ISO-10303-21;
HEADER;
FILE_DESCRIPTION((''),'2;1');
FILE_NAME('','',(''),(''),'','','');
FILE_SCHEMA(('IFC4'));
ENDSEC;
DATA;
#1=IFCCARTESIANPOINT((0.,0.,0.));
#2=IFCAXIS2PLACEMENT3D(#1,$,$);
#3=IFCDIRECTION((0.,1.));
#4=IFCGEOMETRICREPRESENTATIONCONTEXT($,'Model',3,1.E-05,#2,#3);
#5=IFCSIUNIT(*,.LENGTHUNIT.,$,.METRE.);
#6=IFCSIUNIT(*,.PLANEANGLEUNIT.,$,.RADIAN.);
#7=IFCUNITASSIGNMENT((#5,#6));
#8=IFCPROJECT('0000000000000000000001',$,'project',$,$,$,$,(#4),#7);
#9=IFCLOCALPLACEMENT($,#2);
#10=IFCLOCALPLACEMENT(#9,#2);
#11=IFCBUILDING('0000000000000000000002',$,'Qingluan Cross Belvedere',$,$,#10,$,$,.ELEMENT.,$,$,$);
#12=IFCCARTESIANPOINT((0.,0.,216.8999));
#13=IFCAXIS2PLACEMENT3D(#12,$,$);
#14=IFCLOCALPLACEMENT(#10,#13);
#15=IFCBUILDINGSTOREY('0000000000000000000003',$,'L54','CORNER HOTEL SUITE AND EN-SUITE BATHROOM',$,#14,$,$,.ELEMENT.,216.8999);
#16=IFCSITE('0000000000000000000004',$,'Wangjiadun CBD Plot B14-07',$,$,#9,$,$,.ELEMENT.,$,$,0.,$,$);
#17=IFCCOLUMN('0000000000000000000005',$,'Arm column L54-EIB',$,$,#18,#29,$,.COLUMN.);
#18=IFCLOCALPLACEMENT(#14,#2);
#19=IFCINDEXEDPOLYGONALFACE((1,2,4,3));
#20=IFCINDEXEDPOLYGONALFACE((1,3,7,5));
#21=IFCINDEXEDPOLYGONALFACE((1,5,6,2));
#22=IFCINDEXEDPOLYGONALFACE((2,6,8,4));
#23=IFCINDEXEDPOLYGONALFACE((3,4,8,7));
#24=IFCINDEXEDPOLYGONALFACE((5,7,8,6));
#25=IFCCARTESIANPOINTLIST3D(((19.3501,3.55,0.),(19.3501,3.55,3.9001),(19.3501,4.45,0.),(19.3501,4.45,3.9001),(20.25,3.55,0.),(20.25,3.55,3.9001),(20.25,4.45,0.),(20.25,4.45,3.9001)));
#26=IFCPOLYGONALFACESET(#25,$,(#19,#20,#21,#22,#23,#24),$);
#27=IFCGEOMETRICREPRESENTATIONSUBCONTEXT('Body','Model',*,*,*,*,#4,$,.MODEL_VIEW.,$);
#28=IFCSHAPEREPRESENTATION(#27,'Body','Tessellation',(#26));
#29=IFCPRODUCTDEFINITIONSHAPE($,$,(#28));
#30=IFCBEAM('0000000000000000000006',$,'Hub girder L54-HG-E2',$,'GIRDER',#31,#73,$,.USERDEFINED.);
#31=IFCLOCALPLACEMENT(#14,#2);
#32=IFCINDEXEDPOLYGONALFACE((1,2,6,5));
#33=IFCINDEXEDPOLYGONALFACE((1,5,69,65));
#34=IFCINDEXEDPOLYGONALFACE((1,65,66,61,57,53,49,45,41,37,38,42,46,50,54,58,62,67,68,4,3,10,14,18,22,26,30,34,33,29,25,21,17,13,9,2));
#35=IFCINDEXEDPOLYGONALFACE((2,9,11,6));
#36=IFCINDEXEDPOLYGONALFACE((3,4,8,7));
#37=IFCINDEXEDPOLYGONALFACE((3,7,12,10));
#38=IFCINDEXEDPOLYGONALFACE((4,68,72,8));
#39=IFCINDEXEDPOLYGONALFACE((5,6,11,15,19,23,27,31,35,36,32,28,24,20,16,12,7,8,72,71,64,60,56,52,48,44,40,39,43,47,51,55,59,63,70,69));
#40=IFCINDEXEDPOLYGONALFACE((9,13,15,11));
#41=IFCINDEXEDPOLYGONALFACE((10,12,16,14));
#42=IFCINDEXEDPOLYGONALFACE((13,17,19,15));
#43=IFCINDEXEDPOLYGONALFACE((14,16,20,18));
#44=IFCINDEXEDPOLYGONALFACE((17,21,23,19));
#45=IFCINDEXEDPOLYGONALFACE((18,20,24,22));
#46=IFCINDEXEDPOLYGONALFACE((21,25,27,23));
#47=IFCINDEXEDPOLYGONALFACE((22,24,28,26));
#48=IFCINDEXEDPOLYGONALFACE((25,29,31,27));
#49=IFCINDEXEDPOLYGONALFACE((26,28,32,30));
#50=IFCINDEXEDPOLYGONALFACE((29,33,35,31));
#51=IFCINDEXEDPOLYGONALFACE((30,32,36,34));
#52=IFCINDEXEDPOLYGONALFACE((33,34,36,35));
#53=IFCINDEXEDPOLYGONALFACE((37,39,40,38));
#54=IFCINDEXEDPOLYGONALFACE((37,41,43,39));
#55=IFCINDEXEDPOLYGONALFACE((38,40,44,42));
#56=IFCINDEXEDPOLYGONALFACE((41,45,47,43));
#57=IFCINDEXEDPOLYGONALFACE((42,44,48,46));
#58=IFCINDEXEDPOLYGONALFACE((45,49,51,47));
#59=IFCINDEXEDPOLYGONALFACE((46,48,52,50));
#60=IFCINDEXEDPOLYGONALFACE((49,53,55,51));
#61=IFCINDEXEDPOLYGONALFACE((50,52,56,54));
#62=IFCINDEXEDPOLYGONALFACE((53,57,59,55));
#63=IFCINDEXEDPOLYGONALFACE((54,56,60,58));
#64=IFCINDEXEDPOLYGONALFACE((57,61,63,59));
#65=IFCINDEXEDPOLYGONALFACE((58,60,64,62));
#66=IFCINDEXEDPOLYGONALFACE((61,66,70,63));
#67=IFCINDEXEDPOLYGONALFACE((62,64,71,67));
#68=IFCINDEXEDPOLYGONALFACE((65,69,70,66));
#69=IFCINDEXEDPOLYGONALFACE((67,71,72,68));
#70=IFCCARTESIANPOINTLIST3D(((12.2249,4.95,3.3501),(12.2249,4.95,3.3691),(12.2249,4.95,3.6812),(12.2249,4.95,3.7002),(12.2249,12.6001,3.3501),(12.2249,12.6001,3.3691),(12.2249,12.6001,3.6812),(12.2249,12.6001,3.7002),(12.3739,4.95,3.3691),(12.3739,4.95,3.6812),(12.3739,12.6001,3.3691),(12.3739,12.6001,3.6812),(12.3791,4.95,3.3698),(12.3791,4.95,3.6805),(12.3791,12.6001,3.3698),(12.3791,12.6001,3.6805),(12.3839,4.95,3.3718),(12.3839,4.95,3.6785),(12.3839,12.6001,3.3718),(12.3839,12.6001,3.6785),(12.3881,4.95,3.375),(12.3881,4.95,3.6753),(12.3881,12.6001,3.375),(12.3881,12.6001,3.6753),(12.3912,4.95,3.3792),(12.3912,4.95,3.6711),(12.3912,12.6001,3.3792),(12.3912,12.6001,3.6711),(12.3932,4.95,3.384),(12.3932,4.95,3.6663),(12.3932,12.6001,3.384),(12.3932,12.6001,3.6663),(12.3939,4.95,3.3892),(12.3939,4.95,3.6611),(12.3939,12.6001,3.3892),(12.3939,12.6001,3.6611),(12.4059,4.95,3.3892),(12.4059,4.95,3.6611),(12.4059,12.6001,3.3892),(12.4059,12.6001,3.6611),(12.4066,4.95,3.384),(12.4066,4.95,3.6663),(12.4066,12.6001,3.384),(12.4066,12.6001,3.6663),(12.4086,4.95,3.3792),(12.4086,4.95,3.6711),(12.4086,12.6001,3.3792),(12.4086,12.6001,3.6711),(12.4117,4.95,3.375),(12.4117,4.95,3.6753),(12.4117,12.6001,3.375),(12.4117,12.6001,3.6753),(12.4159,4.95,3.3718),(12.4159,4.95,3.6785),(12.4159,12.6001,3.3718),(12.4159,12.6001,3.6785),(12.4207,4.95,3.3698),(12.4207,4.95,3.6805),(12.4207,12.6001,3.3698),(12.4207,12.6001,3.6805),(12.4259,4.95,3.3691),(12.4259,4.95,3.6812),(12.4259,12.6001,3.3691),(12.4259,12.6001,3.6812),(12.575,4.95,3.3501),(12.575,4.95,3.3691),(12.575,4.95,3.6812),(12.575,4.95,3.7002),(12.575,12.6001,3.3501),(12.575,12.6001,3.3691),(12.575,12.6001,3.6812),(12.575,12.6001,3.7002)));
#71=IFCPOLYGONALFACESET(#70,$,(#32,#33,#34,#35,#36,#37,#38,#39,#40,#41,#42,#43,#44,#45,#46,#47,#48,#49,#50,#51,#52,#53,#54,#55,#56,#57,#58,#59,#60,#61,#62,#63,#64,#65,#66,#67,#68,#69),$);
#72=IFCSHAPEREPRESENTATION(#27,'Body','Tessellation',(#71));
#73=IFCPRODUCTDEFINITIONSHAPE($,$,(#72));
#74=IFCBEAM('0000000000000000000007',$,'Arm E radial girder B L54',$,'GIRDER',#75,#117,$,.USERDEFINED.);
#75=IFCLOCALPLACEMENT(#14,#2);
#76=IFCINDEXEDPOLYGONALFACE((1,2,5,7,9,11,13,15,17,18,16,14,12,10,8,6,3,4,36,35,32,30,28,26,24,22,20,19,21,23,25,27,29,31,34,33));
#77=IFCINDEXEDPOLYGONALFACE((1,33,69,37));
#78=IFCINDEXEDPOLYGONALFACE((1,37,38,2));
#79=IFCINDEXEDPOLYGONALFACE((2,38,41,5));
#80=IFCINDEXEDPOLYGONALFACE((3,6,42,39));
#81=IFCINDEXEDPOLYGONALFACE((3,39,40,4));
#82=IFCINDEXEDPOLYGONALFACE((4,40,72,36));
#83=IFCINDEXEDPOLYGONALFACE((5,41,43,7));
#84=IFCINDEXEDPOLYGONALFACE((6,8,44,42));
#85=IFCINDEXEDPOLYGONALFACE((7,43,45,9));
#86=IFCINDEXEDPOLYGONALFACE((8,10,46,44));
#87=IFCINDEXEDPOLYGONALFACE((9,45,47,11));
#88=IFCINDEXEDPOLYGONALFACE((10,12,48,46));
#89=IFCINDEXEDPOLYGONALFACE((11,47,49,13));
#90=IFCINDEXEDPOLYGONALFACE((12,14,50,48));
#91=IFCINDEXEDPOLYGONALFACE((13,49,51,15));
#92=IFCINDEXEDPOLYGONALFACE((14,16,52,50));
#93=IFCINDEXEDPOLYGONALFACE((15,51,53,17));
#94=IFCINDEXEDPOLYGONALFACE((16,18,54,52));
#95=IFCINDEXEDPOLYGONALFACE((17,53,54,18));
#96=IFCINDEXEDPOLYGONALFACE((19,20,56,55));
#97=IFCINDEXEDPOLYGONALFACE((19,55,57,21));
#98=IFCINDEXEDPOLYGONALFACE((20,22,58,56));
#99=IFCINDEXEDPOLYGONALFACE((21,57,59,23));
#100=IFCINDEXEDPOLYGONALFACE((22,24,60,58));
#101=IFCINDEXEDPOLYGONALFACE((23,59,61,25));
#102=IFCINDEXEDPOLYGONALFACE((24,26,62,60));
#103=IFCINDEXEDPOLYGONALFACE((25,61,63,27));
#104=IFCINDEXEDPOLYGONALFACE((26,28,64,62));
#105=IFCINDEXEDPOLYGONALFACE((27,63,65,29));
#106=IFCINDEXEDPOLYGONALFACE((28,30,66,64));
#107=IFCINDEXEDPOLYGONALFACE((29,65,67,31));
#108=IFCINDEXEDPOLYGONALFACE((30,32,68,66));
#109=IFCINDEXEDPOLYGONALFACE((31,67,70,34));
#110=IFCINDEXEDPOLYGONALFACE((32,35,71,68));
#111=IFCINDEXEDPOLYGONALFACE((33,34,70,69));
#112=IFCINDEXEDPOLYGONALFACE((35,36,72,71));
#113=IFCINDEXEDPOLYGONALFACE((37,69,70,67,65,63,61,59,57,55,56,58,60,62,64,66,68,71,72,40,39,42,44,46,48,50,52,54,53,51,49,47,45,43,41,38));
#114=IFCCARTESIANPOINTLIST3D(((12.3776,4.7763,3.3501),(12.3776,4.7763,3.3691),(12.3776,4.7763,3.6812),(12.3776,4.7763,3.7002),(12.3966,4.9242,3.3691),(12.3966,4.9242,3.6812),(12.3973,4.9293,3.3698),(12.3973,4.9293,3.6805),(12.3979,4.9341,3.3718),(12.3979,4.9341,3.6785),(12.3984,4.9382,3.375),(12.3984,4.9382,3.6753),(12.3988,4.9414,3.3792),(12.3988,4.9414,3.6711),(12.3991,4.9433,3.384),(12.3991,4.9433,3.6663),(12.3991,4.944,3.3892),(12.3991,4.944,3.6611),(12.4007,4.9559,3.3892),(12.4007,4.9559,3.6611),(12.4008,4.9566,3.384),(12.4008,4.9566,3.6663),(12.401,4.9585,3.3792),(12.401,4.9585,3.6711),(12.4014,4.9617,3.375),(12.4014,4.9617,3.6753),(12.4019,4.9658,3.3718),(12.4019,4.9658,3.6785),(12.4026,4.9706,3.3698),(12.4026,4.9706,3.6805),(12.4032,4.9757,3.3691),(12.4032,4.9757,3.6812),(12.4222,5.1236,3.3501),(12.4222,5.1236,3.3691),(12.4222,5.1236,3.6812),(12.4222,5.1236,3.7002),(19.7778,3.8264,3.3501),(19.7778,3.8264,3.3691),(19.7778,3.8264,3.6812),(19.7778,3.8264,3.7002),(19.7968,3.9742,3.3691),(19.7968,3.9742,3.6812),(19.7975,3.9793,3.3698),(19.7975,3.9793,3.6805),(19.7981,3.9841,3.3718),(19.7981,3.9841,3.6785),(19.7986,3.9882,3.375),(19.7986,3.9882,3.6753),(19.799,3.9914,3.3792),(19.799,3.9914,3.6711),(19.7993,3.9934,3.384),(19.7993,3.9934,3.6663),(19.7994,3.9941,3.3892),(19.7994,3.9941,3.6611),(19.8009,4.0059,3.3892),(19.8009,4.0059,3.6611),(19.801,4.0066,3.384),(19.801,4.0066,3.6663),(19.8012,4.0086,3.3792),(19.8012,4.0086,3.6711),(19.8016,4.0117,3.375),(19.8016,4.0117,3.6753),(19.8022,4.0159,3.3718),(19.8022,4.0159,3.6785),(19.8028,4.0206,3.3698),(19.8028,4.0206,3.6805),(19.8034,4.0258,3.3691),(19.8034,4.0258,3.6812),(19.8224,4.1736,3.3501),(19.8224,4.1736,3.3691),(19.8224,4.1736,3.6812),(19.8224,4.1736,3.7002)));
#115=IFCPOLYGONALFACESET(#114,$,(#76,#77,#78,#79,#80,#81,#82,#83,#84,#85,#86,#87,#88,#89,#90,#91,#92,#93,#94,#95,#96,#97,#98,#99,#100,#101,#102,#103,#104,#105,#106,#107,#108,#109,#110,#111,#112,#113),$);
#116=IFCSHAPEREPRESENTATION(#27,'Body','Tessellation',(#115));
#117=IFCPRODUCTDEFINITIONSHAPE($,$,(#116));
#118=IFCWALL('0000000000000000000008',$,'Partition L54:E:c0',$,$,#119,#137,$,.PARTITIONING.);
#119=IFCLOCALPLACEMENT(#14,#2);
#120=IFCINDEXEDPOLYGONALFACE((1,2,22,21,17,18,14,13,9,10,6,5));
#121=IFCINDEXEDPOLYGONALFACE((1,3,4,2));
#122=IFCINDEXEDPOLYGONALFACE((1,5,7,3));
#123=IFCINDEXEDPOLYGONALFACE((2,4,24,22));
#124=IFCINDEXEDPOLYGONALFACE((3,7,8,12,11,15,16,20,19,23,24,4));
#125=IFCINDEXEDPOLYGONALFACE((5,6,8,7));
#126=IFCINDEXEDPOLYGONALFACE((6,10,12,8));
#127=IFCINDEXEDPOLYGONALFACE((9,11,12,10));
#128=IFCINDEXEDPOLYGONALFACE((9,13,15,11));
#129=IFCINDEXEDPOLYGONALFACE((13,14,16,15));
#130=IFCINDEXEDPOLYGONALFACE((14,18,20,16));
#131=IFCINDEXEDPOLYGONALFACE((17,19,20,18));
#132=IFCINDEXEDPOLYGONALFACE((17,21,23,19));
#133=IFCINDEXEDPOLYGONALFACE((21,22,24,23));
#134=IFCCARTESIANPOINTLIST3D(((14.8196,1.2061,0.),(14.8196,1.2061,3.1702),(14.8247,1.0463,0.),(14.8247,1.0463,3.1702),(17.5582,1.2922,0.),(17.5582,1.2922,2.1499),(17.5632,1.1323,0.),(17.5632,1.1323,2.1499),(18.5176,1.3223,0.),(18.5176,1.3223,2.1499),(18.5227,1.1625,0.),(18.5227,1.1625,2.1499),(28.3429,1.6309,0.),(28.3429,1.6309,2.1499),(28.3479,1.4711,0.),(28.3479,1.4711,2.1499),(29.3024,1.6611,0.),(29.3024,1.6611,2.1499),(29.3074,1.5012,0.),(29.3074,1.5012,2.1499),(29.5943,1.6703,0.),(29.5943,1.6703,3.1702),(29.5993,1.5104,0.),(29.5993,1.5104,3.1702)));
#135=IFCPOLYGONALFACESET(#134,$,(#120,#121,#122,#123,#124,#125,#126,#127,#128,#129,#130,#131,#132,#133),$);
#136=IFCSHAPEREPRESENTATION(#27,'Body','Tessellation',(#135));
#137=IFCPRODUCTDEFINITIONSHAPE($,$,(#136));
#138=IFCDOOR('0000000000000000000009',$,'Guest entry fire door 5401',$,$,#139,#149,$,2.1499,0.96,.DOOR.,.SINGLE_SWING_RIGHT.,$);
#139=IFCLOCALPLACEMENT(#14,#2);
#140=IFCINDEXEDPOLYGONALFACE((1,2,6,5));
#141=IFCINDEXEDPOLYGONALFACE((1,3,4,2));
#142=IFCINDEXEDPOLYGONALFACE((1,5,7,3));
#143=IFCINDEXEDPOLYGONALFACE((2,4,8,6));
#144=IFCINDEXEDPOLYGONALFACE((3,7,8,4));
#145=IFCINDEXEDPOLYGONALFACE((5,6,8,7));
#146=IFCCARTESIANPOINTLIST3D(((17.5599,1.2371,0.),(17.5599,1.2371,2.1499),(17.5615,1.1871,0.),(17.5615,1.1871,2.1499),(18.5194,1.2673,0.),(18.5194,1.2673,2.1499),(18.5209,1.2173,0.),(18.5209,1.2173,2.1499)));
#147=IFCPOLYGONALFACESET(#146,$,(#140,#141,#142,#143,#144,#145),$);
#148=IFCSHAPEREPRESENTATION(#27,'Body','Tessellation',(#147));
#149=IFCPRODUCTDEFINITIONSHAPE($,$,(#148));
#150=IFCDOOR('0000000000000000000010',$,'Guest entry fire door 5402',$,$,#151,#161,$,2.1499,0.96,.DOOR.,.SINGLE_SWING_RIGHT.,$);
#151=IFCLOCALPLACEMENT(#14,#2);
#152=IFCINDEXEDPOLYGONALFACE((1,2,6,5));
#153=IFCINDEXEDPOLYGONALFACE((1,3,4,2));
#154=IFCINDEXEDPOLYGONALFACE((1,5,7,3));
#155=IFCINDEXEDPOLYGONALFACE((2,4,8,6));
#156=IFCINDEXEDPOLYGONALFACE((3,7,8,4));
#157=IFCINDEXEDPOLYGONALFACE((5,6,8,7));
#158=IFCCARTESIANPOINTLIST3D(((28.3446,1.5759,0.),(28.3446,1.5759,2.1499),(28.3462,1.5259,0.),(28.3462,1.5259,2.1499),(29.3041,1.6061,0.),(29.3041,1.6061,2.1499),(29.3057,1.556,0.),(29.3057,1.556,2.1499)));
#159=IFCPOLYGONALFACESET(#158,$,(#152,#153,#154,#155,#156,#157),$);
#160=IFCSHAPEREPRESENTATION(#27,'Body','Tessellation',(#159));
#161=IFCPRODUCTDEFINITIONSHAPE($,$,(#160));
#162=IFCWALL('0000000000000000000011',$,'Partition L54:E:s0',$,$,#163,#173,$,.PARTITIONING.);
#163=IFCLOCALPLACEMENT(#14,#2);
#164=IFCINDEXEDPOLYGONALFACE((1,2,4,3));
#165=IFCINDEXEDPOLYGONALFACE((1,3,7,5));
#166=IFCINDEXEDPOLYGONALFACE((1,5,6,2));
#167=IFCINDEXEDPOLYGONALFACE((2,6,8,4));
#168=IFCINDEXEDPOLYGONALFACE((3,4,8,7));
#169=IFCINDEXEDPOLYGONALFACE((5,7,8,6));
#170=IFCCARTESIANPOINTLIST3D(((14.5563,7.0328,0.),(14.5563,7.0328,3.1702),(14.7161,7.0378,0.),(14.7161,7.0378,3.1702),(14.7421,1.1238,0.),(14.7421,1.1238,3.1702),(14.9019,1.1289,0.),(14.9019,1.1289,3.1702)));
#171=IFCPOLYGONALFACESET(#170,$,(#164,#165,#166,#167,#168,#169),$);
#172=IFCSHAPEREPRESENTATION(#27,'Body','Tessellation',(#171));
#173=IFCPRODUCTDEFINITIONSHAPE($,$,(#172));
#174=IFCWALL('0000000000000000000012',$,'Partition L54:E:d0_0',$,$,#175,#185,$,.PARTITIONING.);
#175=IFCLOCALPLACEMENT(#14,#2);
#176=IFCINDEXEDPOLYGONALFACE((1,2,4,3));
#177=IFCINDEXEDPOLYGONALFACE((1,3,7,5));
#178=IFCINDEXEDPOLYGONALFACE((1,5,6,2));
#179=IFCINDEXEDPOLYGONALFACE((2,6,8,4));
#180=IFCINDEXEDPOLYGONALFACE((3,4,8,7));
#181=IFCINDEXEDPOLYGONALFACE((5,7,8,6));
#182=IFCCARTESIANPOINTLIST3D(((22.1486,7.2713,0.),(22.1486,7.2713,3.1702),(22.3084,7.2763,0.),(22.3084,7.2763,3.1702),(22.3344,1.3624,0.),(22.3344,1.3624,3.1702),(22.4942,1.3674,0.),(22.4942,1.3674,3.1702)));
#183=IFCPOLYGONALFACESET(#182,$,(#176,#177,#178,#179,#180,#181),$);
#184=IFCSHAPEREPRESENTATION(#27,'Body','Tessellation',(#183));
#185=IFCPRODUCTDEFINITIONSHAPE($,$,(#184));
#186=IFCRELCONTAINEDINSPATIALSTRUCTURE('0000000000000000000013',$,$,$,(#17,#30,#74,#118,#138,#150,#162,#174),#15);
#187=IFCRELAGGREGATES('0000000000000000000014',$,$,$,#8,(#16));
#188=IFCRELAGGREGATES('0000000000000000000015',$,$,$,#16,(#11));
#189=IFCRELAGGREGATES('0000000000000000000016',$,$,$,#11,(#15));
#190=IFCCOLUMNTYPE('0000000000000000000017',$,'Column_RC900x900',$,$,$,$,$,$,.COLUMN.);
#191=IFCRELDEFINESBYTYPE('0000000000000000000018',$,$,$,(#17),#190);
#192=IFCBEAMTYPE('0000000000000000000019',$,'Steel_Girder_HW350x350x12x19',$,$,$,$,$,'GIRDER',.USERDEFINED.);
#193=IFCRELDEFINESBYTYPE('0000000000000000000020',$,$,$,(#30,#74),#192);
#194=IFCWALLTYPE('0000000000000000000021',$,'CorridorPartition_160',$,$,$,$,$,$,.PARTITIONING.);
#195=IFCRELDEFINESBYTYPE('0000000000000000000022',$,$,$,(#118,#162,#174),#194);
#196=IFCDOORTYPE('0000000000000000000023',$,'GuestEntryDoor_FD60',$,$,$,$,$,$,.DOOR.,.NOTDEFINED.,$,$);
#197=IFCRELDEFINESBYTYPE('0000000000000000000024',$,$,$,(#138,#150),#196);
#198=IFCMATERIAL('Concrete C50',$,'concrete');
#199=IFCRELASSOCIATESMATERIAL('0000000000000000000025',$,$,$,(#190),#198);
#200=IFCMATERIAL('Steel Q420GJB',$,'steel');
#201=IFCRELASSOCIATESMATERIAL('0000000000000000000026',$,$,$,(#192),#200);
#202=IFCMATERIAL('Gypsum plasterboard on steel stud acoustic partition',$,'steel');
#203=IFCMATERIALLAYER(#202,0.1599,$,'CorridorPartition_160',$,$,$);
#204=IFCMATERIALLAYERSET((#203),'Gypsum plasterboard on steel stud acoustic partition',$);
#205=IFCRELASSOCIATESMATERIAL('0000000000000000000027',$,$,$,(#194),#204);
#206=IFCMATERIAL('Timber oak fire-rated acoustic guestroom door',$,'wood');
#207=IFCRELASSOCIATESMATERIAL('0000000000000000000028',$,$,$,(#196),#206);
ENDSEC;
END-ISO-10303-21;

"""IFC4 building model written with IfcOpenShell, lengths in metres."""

from ifc_helpers import new_model, si_unit, direction, frame, frame_2d, origin, origin_2d, place, context, subcontext, project, spatial, rectangle, i_section, extrude, material, layer, layer_set, material_profile, profile_set, type_object, element, fill, save


model = new_model("IFC4")

# Units and contexts
model_context = context("Model", 3, precision=1e-05, world=origin(), true_north=direction((0.0, 1.0)))
body_context = subcontext(model_context, "Body", "Model", "MODEL_VIEW")
ifc_project = project(units=[si_unit("LENGTHUNIT", "METRE"), si_unit("PLANEANGLEUNIT", "RADIAN")], contexts=[model_context])

# Site, building, storey
site_placement = place(None, origin())
site = spatial("IfcSite", under=ifc_project, at=site_placement, Name="Wangjiadun CBD Plot B14-07", CompositionType="ELEMENT", RefElevation=0.0)
building_placement = place(site_placement, origin())
building = spatial("IfcBuilding", under=site, at=building_placement, Name="Qingluan Cross Belvedere", CompositionType="ELEMENT")
storey_placement = place(building_placement, frame((0.0, 0.0, 216.8999)))
storey = spatial("IfcBuildingStorey", under=building, at=storey_placement, Name="L54", Description="CORNER HOTEL SUITE AND EN-SUITE BATHROOM", CompositionType="ELEMENT", Elevation=216.8999)

# Column
ifc_material_1 = material(Name="Concrete C50", Category="concrete")
ifc_material_profile_1 = material_profile(ifc_material_1, rectangle(XDim=0.8999, YDim=0.8999, at=origin_2d()), Name="RC900x900")
ifc_profile_set_1 = profile_set([ifc_material_profile_1], Name="Concrete C50")
column_type = type_object("IfcColumnType", Name="Column_RC900x900", PredefinedType="COLUMN", material=ifc_profile_set_1)
column_placement = place(storey_placement, frame((19.8, 4.0, 0.0), z_axis=(0.0, 0.0, 1.0), x_axis=(1.0, 0.0, 0.0)))
element("IfcColumn", 1, at=column_placement, inside=storey, type_object=column_type, Name="Arm column L54-EIB", PredefinedType="COLUMN", context=body_context, shape_type="SweptSolid", body=[
    extrude(rectangle(XDim=0.8999, YDim=0.8999, at=origin_2d()), origin(), (0.0, 0.0, 1.0), 3.9001),
])

# Beams
ifc_material_2 = material(Name="Steel Q420GJB", Category="steel")
ifc_material_profile_2 = material_profile(ifc_material_2, i_section(OverallWidth=0.3501, OverallDepth=0.3501, WebThickness=0.012, FlangeThickness=0.019, FilletRadius=0.02, at=origin_2d()), Name="HW350x350x12x19")
ifc_profile_set_2 = profile_set([ifc_material_profile_2], Name="Steel Q420GJB")
beam_type = type_object("IfcBeamType", Name="Steel_Girder_HW350x350x12x19", ElementType="GIRDER", PredefinedType="USERDEFINED", material=ifc_profile_set_2)
beam_1_placement = place(storey_placement, frame((12.3999, 4.95, 3.5251), z_axis=(0.0, 1.0, 0.0), x_axis=(-1.0, 0.0, 0.0)))
element("IfcBeam", 2, at=beam_1_placement, inside=storey, type_object=beam_type, Name="Hub girder L54-HG-E2", ObjectType="GIRDER", PredefinedType="USERDEFINED", context=body_context, shape_type="SweptSolid", body=[
    extrude(i_section(OverallWidth=0.3501, OverallDepth=0.3501, WebThickness=0.012, FlangeThickness=0.019, FilletRadius=0.02, at=origin_2d()), origin(), (0.0, 0.0, 1.0), 7.6501),
])
beam_2_placement = place(storey_placement, frame((12.3999, 4.95, 3.5251), z_axis=(0.991861, -0.127324, 0.0), x_axis=(0.127324, 0.991861, 0.0)))
element("IfcBeam", 3, at=beam_2_placement, inside=storey, type_object=beam_type, Name="Arm E radial girder B L54", ObjectType="GIRDER", PredefinedType="USERDEFINED", context=body_context, shape_type="SweptSolid", body=[
    extrude(i_section(OverallWidth=0.3501, OverallDepth=0.3501, WebThickness=0.012, FlangeThickness=0.019, FilletRadius=0.02, at=origin_2d()), origin(), (0.0, 0.0, 1.0), 7.4609),
])

# Wall, openings, doors
ifc_material_3 = material(Name="Gypsum plasterboard on steel stud acoustic partition", Category="steel")
ifc_layer_1 = layer(ifc_material_3, 0.1599, Name="CorridorPartition_160")
ifc_layer_set_1 = layer_set([ifc_layer_1], Name="Gypsum plasterboard on steel stud acoustic partition")
wall_type_1 = type_object("IfcWallType", Name="CorridorPartition_160", PredefinedType="PARTITIONING", material=ifc_layer_set_1)
wall_1_placement = place(storey_placement, frame((14.822, 1.1262, 0.0), z_axis=(0.0, 0.0, 1.0), x_axis=(0.999507, 0.031397, 0.0)))
wall_1 = element("IfcWall", 4, at=wall_1_placement, inside=storey, type_object=wall_type_1, Name="Partition L54:E:c0", PredefinedType="PARTITIONING", context=body_context, shape_type="SweptSolid", body=[
    extrude(rectangle(XDim=14.782, YDim=0.1599, at=frame_2d((7.3911, 0.0))), origin(), (0.0, 0.0, 1.0), 3.1702),
])
opening_1_placement = place(wall_1_placement, frame((2.74, 0.0, 0.0)))
opening_1 = element("IfcOpeningElement", 5, at=opening_1_placement, cuts=wall_1, PredefinedType="OPENING", context=body_context, shape_type="SweptSolid", body=[
    extrude(rectangle(XDim=0.96, YDim=2.1499, at=frame_2d((0.48, 1.075))), frame((0.0, 0.0898, 0.0), z_axis=(0.0, -1.0, 0.0), x_axis=(1.0, 0.0, 0.0)), (0.0, 0.0, 1.0), 0.1799),
])
opening_2_placement = place(wall_1_placement, frame((13.53, 0.0, 0.0)))
opening_2 = element("IfcOpeningElement", 6, at=opening_2_placement, cuts=wall_1, PredefinedType="OPENING", context=body_context, shape_type="SweptSolid", body=[
    extrude(rectangle(XDim=0.96, YDim=2.1499, at=frame_2d((0.48, 1.075))), frame((0.0, 0.0898, 0.0), z_axis=(0.0, -1.0, 0.0), x_axis=(1.0, 0.0, 0.0)), (0.0, 0.0, 1.0), 0.1799),
])
ifc_material_4 = material(Name="Timber oak fire-rated acoustic guestroom door", Category="wood")
door_type_1 = type_object("IfcDoorType", Name="GuestEntryDoor_FD60", OperationType="NOTDEFINED", PredefinedType="DOOR", material=ifc_material_4)
door_1_placement = place(opening_1_placement, origin())
door_1 = element("IfcDoor", 7, at=door_1_placement, inside=storey, type_object=door_type_1, Name="Guest entry fire door 5401", OperationType="SINGLE_SWING_RIGHT", OverallHeight=2.1499, OverallWidth=0.96, PredefinedType="DOOR", context=body_context, shape_type="SweptSolid", body=[
    extrude(rectangle(XDim=0.96, YDim=2.1499, at=frame_2d((0.48, 1.075))), frame((0.0, 0.0249, 0.0), z_axis=(0.0, -1.0, 0.0), x_axis=(1.0, 0.0, 0.0)), (0.0, 0.0, 1.0), 0.05),
])
fill(opening_1, door_1)
door_2_placement = place(opening_2_placement, origin())
door_2 = element("IfcDoor", 8, at=door_2_placement, inside=storey, type_object=door_type_1, Name="Guest entry fire door 5402", OperationType="SINGLE_SWING_RIGHT", OverallHeight=2.1499, OverallWidth=0.96, PredefinedType="DOOR", context=body_context, shape_type="SweptSolid", body=[
    extrude(rectangle(XDim=0.96, YDim=2.1499, at=frame_2d((0.48, 1.075))), frame((0.0, 0.0249, 0.0), z_axis=(0.0, -1.0, 0.0), x_axis=(1.0, 0.0, 0.0)), (0.0, 0.0, 1.0), 0.05),
])
fill(opening_2, door_2)

# Walls
for number, where, z_axis, x_axis, name in (
    (9, (14.822, 1.1262, 0.0), (0.0, 0.0, 1.0), (-0.031427, 0.999506, 0.0), "Partition L54:E:s0"),
    (10, (22.4143, 1.3647, 0.0), (0.0, 0.0, 1.0), (-0.031427, 0.999506, 0.0), "Partition L54:E:d0_0"),
):
    element("IfcWall", number, at=place(storey_placement, frame(where, z_axis=z_axis, x_axis=x_axis)), inside=storey, type_object=wall_type_1, Name=name, PredefinedType="PARTITIONING", context=body_context, shape_type="SweptSolid", body=[
        extrude(rectangle(XDim=5.9119, YDim=0.1599, at=frame_2d((2.9561, 0.0))), origin(), (0.0, 0.0, 1.0), 3.1702),
    ])

save(model, "model.ifc")
